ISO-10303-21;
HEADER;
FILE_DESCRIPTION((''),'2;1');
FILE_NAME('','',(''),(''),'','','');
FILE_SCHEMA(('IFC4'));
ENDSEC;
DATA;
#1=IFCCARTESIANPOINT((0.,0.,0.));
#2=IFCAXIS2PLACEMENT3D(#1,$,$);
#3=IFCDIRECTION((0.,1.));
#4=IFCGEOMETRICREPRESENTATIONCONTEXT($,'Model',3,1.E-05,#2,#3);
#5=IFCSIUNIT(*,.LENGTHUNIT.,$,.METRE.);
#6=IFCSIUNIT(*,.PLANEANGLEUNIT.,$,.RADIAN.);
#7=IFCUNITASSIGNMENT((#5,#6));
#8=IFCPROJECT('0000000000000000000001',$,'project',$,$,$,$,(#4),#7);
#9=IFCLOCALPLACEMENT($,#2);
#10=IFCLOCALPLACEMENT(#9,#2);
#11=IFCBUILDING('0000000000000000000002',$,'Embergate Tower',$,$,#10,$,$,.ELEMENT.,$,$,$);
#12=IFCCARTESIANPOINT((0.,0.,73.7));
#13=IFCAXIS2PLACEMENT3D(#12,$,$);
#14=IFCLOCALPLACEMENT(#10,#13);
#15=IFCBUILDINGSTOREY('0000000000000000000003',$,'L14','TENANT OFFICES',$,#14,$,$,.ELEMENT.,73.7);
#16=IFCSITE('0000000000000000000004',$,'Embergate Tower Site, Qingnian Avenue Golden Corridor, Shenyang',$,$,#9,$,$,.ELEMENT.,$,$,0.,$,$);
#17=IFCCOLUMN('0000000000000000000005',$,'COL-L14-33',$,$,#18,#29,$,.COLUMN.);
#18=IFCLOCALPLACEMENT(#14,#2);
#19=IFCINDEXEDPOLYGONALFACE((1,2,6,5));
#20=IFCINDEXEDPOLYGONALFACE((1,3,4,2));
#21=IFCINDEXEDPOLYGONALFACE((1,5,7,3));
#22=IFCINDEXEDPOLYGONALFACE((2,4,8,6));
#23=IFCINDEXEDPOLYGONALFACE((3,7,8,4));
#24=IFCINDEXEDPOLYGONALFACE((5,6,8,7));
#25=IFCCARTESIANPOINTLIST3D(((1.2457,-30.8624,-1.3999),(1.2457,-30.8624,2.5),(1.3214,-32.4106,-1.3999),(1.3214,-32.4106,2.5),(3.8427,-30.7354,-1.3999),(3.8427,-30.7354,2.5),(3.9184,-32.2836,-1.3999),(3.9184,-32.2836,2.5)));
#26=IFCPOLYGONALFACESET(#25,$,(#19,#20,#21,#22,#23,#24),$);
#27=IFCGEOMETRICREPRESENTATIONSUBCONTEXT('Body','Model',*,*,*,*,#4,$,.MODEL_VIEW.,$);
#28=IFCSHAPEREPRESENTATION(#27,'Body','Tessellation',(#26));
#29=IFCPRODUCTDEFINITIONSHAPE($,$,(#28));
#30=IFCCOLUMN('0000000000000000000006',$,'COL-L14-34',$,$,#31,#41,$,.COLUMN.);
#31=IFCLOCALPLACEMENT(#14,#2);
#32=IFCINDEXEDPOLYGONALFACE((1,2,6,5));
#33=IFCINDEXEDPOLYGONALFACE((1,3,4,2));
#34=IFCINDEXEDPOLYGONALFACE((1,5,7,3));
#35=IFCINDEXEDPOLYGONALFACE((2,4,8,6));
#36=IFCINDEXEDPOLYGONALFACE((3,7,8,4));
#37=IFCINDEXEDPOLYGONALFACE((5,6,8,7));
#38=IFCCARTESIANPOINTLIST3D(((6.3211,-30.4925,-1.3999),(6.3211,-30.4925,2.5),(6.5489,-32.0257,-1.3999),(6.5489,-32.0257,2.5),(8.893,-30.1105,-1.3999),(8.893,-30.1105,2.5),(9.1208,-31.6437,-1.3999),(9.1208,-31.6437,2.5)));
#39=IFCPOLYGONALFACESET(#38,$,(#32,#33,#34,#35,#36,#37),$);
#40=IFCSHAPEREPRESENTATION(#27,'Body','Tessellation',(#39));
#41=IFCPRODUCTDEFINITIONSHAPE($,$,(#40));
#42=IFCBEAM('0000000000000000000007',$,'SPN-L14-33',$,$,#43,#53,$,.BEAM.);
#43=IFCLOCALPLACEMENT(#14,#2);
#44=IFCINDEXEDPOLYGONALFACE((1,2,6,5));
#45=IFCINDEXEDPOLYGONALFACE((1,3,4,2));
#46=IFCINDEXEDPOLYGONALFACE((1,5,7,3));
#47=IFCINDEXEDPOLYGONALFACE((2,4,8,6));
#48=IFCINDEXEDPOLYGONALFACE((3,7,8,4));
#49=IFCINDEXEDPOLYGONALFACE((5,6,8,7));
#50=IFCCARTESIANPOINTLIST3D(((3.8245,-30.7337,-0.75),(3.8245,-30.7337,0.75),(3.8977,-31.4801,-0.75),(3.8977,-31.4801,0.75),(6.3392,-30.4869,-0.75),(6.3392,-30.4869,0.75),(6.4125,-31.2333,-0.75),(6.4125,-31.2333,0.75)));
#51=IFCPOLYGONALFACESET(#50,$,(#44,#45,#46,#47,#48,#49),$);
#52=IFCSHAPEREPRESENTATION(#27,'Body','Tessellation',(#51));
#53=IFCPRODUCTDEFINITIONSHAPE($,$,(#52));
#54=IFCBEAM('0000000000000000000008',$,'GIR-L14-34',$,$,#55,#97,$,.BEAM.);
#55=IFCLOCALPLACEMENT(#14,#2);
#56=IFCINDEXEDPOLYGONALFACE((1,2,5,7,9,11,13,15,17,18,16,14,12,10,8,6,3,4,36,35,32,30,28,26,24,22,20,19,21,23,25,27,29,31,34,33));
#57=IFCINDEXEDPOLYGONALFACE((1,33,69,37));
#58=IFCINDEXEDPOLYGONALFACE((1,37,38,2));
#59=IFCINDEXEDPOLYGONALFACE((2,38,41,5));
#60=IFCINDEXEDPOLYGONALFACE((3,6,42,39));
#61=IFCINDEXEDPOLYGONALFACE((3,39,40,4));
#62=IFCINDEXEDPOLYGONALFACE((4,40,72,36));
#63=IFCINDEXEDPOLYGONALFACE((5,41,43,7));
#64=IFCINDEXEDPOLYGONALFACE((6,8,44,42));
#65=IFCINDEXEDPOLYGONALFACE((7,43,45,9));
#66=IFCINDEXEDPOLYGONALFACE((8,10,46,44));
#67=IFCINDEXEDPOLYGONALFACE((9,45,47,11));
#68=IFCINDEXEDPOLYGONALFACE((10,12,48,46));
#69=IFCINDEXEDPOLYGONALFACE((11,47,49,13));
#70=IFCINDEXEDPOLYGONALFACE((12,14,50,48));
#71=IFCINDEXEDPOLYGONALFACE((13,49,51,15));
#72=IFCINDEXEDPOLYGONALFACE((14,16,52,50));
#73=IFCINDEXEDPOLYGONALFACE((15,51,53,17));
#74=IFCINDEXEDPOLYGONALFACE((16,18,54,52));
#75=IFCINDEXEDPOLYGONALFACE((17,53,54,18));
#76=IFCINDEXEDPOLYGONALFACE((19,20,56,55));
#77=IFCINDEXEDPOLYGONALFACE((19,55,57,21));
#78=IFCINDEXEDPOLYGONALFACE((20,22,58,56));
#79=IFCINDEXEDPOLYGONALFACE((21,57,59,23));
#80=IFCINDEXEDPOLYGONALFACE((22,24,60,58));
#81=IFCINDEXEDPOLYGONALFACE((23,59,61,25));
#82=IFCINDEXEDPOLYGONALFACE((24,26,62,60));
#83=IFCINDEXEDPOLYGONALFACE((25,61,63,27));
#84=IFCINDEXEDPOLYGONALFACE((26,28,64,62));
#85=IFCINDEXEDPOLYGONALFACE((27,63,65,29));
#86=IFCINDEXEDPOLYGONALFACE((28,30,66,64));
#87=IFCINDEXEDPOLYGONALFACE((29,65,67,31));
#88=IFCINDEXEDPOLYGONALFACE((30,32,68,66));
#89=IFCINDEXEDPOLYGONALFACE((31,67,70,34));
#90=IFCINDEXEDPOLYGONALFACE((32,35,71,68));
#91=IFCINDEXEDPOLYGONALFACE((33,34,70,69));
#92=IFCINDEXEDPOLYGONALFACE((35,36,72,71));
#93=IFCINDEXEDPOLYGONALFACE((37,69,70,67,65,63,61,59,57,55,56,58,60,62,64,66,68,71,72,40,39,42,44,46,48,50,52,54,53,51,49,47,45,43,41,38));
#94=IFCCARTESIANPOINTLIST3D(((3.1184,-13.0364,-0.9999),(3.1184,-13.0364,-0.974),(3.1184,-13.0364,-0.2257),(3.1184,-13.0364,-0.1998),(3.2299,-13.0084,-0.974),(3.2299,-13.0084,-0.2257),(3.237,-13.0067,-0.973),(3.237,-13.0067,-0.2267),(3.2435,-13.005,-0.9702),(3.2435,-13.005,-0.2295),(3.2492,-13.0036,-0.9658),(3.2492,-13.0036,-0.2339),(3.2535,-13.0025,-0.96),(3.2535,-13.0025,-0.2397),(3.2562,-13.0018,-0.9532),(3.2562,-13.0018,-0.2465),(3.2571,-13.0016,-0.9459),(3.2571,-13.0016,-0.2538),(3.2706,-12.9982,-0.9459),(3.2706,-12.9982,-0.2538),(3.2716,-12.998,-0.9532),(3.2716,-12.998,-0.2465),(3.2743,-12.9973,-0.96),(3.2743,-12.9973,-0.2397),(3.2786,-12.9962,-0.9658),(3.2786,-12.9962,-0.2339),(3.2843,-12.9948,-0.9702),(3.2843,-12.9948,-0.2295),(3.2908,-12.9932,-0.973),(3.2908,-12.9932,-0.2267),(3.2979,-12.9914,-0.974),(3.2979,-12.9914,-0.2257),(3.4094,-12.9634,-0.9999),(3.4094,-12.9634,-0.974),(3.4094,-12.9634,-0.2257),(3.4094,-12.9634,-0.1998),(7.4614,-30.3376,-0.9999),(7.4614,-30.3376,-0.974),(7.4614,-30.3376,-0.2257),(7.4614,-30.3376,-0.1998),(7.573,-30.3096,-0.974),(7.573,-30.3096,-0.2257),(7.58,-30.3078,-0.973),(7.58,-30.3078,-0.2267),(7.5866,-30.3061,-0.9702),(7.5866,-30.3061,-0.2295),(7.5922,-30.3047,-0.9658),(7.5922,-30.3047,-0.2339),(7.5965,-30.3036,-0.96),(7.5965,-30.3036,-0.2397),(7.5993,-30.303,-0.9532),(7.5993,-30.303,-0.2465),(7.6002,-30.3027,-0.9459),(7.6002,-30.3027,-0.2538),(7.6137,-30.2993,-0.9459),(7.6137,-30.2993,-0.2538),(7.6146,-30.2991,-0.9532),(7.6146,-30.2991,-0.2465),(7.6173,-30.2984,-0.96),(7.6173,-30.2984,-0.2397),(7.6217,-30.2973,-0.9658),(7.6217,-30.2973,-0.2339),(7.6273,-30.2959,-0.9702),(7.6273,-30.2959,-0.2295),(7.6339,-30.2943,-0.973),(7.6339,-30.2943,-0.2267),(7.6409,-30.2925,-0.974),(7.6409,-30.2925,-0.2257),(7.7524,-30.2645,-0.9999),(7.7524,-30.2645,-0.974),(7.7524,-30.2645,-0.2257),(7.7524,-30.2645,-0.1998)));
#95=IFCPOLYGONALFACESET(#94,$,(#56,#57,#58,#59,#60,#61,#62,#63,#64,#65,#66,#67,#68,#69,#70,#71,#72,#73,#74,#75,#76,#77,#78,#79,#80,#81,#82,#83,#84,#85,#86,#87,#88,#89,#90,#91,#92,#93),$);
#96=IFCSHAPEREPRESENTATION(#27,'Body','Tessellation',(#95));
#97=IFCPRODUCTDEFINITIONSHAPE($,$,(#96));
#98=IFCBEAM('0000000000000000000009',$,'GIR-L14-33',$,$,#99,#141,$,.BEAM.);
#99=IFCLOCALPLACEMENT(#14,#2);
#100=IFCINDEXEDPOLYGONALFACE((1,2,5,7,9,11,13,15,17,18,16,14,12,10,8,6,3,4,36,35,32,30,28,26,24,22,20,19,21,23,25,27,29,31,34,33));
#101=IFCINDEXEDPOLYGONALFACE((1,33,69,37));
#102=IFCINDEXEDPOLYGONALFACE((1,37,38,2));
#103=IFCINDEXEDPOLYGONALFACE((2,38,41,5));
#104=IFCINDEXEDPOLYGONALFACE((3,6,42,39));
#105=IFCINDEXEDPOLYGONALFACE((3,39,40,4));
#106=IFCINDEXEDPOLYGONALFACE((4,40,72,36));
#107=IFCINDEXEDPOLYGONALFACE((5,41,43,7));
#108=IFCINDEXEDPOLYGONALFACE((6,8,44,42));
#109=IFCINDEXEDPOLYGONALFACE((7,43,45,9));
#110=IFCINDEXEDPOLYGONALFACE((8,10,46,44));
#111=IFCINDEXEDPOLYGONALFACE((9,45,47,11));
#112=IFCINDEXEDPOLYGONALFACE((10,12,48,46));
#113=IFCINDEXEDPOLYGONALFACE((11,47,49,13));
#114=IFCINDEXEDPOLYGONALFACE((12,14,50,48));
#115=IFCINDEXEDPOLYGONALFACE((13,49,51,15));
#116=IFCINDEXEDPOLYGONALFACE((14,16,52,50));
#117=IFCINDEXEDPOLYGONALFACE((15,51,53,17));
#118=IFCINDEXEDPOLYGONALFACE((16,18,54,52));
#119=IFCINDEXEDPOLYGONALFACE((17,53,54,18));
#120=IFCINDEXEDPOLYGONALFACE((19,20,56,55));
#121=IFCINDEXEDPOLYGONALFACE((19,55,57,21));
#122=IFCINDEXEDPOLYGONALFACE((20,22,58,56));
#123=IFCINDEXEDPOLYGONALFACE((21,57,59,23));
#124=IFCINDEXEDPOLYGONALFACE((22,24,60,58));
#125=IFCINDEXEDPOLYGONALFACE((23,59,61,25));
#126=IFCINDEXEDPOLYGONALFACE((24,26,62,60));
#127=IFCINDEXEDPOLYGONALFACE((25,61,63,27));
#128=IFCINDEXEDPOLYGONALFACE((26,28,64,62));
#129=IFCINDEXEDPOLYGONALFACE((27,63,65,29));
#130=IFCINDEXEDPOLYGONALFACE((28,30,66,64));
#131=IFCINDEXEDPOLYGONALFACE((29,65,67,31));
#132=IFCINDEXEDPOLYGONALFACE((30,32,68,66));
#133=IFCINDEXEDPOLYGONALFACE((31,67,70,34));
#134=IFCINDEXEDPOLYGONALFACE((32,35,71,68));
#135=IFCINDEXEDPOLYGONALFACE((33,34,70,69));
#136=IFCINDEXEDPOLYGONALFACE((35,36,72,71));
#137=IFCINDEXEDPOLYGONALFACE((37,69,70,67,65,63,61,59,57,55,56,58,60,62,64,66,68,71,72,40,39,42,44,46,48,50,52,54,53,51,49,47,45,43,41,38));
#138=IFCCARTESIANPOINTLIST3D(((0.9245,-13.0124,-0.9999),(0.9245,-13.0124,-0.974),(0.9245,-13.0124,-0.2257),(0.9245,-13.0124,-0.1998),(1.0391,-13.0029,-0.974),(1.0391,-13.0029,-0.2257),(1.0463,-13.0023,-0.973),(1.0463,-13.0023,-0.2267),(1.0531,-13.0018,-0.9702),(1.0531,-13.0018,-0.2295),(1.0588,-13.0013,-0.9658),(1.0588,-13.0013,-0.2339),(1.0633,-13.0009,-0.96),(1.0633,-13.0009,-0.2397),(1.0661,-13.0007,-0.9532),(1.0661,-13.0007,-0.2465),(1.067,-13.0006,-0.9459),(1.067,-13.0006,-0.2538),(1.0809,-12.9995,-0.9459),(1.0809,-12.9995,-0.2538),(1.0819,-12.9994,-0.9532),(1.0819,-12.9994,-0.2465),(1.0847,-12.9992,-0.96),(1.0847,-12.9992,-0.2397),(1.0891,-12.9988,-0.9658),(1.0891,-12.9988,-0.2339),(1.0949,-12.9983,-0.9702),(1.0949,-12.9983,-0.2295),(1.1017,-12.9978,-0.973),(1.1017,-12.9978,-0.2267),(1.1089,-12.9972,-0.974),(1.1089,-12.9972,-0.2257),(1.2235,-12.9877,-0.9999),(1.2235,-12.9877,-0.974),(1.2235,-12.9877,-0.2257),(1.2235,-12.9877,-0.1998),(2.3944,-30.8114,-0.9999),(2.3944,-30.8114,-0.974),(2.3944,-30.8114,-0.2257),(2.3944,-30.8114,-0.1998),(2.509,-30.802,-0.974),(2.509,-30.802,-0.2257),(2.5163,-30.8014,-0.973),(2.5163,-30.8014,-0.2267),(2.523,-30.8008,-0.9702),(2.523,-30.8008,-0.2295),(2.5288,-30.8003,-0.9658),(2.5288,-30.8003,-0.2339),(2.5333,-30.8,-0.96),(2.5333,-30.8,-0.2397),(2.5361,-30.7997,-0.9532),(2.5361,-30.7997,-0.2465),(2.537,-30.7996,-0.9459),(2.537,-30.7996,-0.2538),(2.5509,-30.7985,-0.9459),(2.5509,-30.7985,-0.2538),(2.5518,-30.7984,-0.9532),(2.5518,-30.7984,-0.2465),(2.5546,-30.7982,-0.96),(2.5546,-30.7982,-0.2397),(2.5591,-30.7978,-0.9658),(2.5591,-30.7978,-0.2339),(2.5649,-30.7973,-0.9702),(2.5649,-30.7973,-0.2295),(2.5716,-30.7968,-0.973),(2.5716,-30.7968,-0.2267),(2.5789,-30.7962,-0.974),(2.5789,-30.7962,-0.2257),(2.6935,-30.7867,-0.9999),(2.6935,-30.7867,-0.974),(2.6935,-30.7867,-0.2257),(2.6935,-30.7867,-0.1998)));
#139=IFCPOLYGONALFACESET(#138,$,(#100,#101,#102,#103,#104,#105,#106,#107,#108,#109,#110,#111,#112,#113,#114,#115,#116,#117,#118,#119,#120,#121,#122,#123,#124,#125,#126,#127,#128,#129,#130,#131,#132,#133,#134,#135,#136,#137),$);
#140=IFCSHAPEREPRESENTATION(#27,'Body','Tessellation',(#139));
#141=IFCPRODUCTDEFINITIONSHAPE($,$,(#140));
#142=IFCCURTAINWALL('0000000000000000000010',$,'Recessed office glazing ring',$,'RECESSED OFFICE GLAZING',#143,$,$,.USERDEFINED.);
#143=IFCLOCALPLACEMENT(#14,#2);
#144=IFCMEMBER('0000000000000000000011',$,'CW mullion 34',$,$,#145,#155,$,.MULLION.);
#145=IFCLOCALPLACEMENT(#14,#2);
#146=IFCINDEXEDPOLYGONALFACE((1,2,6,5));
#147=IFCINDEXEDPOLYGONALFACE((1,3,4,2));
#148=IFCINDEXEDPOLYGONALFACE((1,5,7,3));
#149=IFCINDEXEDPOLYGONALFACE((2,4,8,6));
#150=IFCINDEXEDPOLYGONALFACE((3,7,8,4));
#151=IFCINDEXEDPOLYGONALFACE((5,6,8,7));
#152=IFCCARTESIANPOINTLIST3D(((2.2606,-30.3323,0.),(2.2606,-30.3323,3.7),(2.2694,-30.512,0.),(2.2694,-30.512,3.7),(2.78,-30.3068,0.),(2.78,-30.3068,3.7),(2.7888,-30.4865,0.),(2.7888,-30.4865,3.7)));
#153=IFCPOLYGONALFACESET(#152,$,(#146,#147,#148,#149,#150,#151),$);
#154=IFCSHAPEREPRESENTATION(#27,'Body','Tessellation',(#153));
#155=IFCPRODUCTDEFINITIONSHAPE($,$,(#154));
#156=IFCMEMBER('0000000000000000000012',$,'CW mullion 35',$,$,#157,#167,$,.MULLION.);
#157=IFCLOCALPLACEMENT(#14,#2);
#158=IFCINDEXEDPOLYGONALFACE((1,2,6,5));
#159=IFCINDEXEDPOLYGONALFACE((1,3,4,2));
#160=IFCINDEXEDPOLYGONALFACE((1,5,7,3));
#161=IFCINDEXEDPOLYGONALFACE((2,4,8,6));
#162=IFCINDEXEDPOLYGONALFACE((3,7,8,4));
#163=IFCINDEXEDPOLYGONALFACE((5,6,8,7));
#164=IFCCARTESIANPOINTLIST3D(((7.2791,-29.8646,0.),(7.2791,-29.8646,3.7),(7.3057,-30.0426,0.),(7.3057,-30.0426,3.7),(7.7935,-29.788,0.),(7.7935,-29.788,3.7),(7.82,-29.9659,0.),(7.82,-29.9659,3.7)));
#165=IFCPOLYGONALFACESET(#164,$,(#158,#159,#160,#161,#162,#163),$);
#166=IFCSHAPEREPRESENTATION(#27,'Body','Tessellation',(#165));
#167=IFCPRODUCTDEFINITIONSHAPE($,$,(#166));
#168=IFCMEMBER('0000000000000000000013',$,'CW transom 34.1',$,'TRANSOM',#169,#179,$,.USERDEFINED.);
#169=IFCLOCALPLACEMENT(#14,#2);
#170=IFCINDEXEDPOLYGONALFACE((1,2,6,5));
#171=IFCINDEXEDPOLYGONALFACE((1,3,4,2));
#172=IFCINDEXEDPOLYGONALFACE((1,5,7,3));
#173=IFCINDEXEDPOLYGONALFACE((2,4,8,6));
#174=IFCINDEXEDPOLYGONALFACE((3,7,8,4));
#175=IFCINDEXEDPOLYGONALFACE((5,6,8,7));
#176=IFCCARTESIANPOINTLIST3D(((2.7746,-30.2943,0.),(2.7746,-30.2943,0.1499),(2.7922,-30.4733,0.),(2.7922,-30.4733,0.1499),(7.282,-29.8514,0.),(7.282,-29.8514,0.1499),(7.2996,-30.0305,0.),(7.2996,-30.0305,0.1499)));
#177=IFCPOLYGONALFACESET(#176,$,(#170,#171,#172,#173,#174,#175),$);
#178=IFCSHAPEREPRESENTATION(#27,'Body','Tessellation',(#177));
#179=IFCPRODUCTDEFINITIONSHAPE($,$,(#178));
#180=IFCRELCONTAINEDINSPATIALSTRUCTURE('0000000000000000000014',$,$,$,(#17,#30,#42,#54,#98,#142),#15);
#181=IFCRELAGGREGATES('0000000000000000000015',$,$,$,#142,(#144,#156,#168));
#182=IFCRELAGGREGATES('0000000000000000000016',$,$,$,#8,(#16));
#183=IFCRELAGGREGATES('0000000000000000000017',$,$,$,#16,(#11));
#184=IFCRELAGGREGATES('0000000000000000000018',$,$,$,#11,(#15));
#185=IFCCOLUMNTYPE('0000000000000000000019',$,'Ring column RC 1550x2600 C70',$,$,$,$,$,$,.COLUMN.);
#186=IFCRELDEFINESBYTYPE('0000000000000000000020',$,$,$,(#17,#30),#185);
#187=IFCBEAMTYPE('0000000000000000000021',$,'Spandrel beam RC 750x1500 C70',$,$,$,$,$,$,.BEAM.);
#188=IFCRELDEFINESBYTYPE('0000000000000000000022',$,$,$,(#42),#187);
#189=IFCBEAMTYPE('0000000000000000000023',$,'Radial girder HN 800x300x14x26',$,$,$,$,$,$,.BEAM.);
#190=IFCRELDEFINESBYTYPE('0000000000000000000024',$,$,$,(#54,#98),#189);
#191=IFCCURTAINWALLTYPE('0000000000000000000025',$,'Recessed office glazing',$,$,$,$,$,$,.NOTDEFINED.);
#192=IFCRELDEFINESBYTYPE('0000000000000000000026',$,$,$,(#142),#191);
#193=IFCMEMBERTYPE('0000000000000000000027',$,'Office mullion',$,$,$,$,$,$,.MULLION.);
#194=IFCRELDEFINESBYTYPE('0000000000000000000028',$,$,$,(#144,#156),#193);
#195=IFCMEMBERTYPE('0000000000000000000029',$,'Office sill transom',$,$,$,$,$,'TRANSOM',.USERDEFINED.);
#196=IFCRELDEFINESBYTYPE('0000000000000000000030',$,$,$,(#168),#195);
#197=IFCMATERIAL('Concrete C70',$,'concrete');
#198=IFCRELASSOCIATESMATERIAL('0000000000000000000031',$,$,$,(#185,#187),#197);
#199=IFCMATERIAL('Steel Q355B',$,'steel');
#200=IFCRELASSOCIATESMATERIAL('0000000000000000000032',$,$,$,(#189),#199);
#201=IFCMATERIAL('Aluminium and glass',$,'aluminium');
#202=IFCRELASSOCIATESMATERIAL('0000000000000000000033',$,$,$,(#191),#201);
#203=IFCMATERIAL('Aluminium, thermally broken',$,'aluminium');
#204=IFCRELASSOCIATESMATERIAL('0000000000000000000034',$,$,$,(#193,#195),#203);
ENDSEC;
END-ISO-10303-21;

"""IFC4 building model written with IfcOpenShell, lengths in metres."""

from ifc_helpers import new_model, si_unit, direction, frame, origin, origin_2d, place, context, subcontext, project, spatial, rectangle, i_section, extrude, source, transform, mapped, material, material_profile, profile_set, type_object, element, aggregate, save


model = new_model("IFC4")

# Units and contexts
model_context = context("Model", 3, precision=1e-05, world=origin(), true_north=direction((0.0, 1.0)))
body_context = subcontext(model_context, "Body", "Model", "MODEL_VIEW")
ifc_project = project(units=[si_unit("LENGTHUNIT", "METRE"), si_unit("PLANEANGLEUNIT", "RADIAN")], contexts=[model_context])

# Site, building, storey
site_placement = place(None, origin())
site = spatial("IfcSite", under=ifc_project, at=site_placement, Name="Embergate Tower Site, Qingnian Avenue Golden Corridor, Shenyang", CompositionType="ELEMENT", RefElevation=0.0)
building_placement = place(site_placement, origin())
building = spatial("IfcBuilding", under=site, at=building_placement, Name="Embergate Tower", CompositionType="ELEMENT")
storey_placement = place(building_placement, frame((0.0, 0.0, 73.7)))
storey = spatial("IfcBuildingStorey", under=building, at=storey_placement, Name="L14", Description="TENANT OFFICES", CompositionType="ELEMENT", Elevation=73.7)

# Columns
ifc_material_1 = material(Name="Concrete C70", Category="concrete")
ifc_material_profile_1 = material_profile(ifc_material_1, rectangle(XDim=1.55, YDim=2.6001, at=origin_2d()), Name="RC 1550x2600")
ifc_profile_set_1 = profile_set([ifc_material_profile_1], Name="Concrete C70")
column_type = type_object("IfcColumnType", Name="Ring column RC 1550x2600 C70", PredefinedType="COLUMN", material=ifc_profile_set_1)
shared_shape_1 = source(origin(), body_context, "Body", "SweptSolid", [
    extrude(rectangle(XDim=1.55, YDim=2.6001, at=origin_2d()), origin(), (0.0, 0.0, 1.0), 3.8999),
])
for number, where, z_axis, x_axis, name in (
    (1, (2.582, -31.573, -1.3999), (0.0, 0.0, 1.0), (0.048815, -0.998808, 0.0), "COL-L14-33"),
    (2, (7.7209, -31.0681, -1.3999), (0.0, 0.0, 1.0), (0.146929, -0.989147, 0.0), "COL-L14-34"),
):
    element("IfcColumn", number, at=place(storey_placement, frame(where, z_axis=z_axis, x_axis=x_axis)), inside=storey, type_object=column_type, Name=name, PredefinedType="COLUMN", context=body_context, shape_type="MappedRepresentation", body=[
        mapped(shared_shape_1, transform((0.0, 0.0, 0.0))),
    ])

# Beams
ifc_material_profile_2 = material_profile(ifc_material_1, rectangle(XDim=0.75, YDim=1.5, at=origin_2d()), Name="RC 750x1500")
ifc_profile_set_2 = profile_set([ifc_material_profile_2], Name="Concrete C70")
beam_type_1 = type_object("IfcBeamType", Name="Spandrel beam RC 750x1500 C70", PredefinedType="BEAM", material=ifc_profile_set_2)
shared_shape_2 = source(origin(), body_context, "Body", "SweptSolid", [
    extrude(rectangle(XDim=0.75, YDim=1.5, at=origin_2d()), origin(), (0.0, 0.0, 1.0), 2.5269),
])
beam_1_placement = place(storey_placement, frame((3.8611, -31.1069, 0.0), z_axis=(0.995218, 0.097676, 0.0), x_axis=(-0.097676, 0.995218, 0.0)))
element("IfcBeam", 3, at=beam_1_placement, inside=storey, type_object=beam_type_1, Name="SPN-L14-33", PredefinedType="BEAM", context=body_context, shape_type="MappedRepresentation", body=[
    mapped(shared_shape_2, transform((0.0, 0.0, 0.0))),
])
ifc_material_2 = material(Name="Steel Q355B", Category="steel")
ifc_material_profile_3 = material_profile(ifc_material_2, i_section(OverallWidth=0.3, OverallDepth=0.8, WebThickness=0.0139, FlangeThickness=0.0259, FilletRadius=0.0281, at=origin_2d()), Name="HN 800x300x14x26")
ifc_profile_set_3 = profile_set([ifc_material_profile_3], Name="Steel Q355 grade B")
beam_type_2 = type_object("IfcBeamType", Name="Radial girder HN 800x300x14x26", PredefinedType="BEAM", material=ifc_profile_set_3)
shared_shape_3 = source(origin(), body_context, "Body", "SweptSolid", [
    extrude(i_section(OverallWidth=0.3, OverallDepth=0.8, WebThickness=0.0139, FlangeThickness=0.0259, FilletRadius=0.0281, at=origin_2d()), origin(), (0.0, 0.0, 1.0), 17.8379),
])
beam_2_placement = place(storey_placement, frame((7.6069, -30.301, -0.5999), z_axis=(-0.243473, 0.969908, 0.0), x_axis=(-0.969908, -0.243473, 0.0)))
element("IfcBeam", 4, at=beam_2_placement, inside=storey, type_object=beam_type_2, Name="GIR-L14-34", PredefinedType="BEAM", context=body_context, shape_type="MappedRepresentation", body=[
    mapped(shared_shape_3, transform((0.0, 0.0, 0.0))),
])
shared_shape_4 = source(origin(), body_context, "Body", "SweptSolid", [
    extrude(i_section(OverallWidth=0.3, OverallDepth=0.8, WebThickness=0.0139, FlangeThickness=0.0259, FilletRadius=0.0281, at=origin_2d()), origin(), (0.0, 0.0, 1.0), 17.8596),
])
beam_3_placement = place(storey_placement, frame((2.5439, -30.7991, -0.5999), z_axis=(-0.082307, 0.996607, 0.0), x_axis=(-0.996607, -0.082307, 0.0)))
element("IfcBeam", 5, at=beam_3_placement, inside=storey, type_object=beam_type_2, Name="GIR-L14-33", PredefinedType="BEAM", context=body_context, shape_type="MappedRepresentation", body=[
    mapped(shared_shape_4, transform((0.0, 0.0, 0.0))),
])

# Curtain wall, members
ifc_material_3 = material(Name="Aluminium and glass", Category="aluminium")
curtain_wall_type = type_object("IfcCurtainWallType", Name="Recessed office glazing", PredefinedType="NOTDEFINED", material=ifc_material_3)
curtain_wall_placement = place(storey_placement, origin())
curtain_wall = element("IfcCurtainWall", 6, at=curtain_wall_placement, inside=storey, type_object=curtain_wall_type, Name="Recessed office glazing ring", ObjectType="RECESSED OFFICE GLAZING", PredefinedType="USERDEFINED")
ifc_material_4 = material(Name="Aluminium, thermally broken", Category="aluminium")
ifc_material_profile_4 = material_profile(ifc_material_4, rectangle(XDim=0.1799, YDim=0.52, at=origin_2d()), Name="AL 520x180")
ifc_profile_set_4 = profile_set([ifc_material_profile_4], Name="Aluminium, thermally broken")
member_type_1 = type_object("IfcMemberType", Name="Office mullion", PredefinedType="MULLION", material=ifc_profile_set_4)
shared_shape_5 = source(origin(), body_context, "Body", "SweptSolid", [
    extrude(rectangle(XDim=0.1799, YDim=0.52, at=origin_2d()), origin(), (0.0, 0.0, 1.0), 3.7),
])
member_1_placement = place(storey_placement, frame((2.5247, -30.4094, 0.0), z_axis=(0.0, 0.0, 1.0), x_axis=(-0.048972, 0.9988, 0.0)))
member_1 = element("IfcMember", 7, at=member_1_placement, type_object=member_type_1, Name="CW mullion 34", PredefinedType="MULLION", context=body_context, shape_type="MappedRepresentation", body=[
    mapped(shared_shape_5, transform((0.0, 0.0, 0.0))),
])
member_2_placement = place(storey_placement, frame((7.5496, -29.9153, 0.0), z_axis=(0.0, 0.0, 1.0), x_axis=(-0.147414, 0.989075, 0.0)))
member_2 = element("IfcMember", 8, at=member_2_placement, type_object=member_type_1, Name="CW mullion 35", PredefinedType="MULLION", context=body_context, shape_type="MappedRepresentation", body=[
    mapped(shared_shape_5, transform((0.0, 0.0, 0.0))),
])
ifc_material_profile_5 = material_profile(ifc_material_4, rectangle(XDim=0.1799, YDim=0.1499, at=origin_2d()), Name="AL 150x180")
ifc_profile_set_5 = profile_set([ifc_material_profile_5], Name="Aluminium, thermally broken")
member_type_2 = type_object("IfcMemberType", Name="Office sill transom", ElementType="TRANSOM", PredefinedType="USERDEFINED", material=ifc_profile_set_5)
shared_shape_6 = source(origin(), body_context, "Body", "SweptSolid", [
    extrude(rectangle(XDim=0.1799, YDim=0.1499, at=origin_2d()), origin(), (0.0, 0.0, 1.0), 4.5291),
])
member_3_placement = place(storey_placement, frame((2.7834, -30.3838, 0.075), z_axis=(0.995208, 0.097785, 0.0), x_axis=(-0.097785, 0.995208, 0.0)))
member_3 = element("IfcMember", 9, at=member_3_placement, type_object=member_type_2, Name="CW transom 34.1", ObjectType="TRANSOM", PredefinedType="USERDEFINED", context=body_context, shape_type="MappedRepresentation", body=[
    mapped(shared_shape_6, transform((0.0, 0.0, 0.0))),
])
aggregate(curtain_wall, [member_1, member_2, member_3])

save(model, "model.ifc")
